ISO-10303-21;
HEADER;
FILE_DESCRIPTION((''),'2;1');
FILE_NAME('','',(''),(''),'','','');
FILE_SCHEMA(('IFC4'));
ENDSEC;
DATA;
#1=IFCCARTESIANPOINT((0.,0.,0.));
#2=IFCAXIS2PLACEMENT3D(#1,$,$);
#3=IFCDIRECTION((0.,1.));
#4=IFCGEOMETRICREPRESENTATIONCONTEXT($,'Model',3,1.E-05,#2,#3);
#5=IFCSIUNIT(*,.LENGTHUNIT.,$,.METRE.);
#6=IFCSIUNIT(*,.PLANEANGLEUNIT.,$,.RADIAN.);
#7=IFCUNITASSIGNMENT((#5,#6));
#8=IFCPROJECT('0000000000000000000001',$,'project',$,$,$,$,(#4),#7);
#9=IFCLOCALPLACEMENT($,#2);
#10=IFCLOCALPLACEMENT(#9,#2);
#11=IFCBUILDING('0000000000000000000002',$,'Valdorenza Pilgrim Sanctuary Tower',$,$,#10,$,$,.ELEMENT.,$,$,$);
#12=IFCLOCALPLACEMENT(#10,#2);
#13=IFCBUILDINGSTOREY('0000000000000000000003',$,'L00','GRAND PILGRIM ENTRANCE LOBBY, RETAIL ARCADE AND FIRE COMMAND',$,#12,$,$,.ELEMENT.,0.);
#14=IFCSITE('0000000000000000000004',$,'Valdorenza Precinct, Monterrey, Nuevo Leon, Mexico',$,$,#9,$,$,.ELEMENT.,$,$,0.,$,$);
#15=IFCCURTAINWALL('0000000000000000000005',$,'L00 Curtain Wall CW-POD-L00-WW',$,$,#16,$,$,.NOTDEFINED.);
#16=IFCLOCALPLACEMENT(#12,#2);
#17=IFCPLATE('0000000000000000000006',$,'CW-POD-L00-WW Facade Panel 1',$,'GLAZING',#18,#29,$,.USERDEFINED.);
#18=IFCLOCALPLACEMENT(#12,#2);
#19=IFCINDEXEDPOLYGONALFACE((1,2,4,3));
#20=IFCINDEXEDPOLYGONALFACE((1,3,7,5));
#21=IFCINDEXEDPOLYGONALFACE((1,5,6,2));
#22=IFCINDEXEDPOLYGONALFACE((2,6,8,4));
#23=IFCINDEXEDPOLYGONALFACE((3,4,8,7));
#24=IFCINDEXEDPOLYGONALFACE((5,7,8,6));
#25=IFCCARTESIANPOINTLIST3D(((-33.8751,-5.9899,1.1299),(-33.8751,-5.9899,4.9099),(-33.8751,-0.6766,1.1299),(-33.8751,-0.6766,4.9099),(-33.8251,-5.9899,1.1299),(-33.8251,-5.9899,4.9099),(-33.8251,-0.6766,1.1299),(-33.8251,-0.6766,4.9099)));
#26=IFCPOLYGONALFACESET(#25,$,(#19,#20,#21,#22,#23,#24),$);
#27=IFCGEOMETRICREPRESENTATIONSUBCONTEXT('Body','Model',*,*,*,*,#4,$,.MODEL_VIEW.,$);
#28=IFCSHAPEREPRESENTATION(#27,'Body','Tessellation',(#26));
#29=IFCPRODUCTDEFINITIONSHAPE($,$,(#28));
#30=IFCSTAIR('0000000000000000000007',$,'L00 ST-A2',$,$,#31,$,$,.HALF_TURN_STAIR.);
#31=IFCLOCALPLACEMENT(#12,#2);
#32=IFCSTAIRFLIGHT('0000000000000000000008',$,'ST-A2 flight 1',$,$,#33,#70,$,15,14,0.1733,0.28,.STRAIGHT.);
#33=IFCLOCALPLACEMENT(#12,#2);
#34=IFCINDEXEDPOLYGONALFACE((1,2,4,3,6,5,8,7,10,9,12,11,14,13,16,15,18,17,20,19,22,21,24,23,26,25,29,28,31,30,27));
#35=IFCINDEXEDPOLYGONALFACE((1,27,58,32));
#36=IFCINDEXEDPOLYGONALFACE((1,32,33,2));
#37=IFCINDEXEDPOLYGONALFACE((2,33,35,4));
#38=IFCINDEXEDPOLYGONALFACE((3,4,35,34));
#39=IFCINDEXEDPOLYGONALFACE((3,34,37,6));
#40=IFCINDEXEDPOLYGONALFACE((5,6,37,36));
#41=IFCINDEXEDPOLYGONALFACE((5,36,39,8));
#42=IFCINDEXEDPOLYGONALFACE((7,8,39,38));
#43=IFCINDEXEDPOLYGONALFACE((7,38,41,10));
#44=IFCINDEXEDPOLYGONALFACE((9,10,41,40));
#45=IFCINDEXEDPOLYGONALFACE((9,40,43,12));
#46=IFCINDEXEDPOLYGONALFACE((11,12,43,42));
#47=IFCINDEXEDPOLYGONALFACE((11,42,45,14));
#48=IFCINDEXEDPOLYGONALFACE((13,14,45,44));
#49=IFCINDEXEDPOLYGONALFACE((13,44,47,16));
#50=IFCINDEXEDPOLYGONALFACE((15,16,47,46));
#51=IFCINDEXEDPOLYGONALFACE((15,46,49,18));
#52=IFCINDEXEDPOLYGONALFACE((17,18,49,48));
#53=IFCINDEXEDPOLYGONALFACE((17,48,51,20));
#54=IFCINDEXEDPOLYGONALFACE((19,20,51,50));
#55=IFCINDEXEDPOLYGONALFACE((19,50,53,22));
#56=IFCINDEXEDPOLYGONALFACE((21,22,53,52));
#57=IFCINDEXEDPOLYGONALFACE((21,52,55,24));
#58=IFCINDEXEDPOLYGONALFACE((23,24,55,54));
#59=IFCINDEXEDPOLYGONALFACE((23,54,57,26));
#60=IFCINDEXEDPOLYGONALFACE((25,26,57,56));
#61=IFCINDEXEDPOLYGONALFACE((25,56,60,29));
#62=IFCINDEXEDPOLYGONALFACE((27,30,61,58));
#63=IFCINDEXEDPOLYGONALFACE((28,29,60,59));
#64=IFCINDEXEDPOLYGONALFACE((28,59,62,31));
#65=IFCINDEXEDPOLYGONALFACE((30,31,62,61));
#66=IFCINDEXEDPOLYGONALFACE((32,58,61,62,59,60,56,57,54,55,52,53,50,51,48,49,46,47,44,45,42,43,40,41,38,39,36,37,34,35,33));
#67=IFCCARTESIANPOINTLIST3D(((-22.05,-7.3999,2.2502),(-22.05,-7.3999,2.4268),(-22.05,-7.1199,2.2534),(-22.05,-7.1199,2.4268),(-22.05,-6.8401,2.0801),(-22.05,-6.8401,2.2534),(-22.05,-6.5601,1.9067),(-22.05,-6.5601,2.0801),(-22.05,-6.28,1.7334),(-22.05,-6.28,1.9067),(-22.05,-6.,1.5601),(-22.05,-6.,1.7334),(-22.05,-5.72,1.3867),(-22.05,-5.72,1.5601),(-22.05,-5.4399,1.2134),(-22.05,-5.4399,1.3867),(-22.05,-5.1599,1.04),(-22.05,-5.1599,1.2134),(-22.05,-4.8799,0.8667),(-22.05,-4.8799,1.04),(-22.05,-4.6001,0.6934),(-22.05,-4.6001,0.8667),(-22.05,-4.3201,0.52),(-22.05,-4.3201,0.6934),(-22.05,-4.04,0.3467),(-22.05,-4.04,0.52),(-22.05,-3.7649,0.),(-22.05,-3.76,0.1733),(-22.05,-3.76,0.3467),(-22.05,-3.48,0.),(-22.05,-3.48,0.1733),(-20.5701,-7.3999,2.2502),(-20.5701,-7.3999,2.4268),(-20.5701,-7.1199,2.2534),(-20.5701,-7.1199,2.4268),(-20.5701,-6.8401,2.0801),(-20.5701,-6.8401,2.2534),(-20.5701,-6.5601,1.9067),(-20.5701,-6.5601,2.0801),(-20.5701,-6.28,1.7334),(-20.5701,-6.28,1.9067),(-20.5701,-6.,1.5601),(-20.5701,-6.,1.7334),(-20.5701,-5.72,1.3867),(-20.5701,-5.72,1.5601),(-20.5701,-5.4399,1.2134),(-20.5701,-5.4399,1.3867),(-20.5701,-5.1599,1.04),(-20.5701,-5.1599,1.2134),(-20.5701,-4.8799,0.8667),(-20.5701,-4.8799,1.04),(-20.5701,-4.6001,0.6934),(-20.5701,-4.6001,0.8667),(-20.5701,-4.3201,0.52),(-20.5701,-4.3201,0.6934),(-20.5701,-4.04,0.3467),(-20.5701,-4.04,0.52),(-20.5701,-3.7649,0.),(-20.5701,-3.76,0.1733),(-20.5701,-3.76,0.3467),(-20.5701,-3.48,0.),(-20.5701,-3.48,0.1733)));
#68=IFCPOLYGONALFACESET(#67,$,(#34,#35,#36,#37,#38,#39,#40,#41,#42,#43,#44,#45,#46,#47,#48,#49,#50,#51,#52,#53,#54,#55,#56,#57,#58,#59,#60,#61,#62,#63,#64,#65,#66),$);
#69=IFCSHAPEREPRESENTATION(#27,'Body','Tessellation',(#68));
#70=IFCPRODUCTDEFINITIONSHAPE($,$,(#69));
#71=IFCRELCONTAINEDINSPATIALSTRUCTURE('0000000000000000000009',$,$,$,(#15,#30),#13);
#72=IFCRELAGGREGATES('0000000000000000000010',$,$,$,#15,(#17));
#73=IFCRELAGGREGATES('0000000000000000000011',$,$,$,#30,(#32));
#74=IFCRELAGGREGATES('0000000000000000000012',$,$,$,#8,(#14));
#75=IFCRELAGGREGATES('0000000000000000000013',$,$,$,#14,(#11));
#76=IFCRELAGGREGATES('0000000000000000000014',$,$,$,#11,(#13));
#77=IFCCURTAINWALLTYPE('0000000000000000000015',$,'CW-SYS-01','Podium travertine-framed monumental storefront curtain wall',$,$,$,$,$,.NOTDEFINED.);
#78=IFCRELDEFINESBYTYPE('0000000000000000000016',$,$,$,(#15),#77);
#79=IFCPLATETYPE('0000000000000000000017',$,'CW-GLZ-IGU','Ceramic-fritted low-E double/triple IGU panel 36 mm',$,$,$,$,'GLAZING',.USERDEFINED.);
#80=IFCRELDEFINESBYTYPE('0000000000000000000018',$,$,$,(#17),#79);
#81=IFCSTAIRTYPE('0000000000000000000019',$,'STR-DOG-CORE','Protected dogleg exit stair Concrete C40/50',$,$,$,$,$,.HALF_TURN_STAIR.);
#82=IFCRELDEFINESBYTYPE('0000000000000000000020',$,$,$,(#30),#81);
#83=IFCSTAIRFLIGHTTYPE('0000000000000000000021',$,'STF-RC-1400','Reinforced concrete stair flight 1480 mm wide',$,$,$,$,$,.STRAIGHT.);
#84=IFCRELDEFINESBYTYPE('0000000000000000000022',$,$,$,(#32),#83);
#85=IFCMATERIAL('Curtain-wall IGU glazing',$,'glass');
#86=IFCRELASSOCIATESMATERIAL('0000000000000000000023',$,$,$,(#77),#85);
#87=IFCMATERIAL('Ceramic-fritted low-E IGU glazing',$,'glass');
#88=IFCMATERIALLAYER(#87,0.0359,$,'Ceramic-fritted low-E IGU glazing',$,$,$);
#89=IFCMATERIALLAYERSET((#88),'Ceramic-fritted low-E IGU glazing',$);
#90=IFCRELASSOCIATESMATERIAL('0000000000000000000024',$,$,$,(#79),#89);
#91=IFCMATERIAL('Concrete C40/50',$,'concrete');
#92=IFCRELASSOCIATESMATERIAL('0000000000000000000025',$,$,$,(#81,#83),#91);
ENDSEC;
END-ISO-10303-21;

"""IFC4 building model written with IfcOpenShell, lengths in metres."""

from ifc_helpers import new_model, si_unit, direction, frame, origin, origin_2d, place, context, subcontext, project, spatial, polyline, rectangle, outline, extrude, source, transform, mapped, material, layer, layer_set, type_object, element, aggregate, save


model = new_model("IFC4")

# Units and contexts
model_context = context("Model", 3, precision=1e-05, world=origin(), true_north=direction((0.0, 1.0)))
body_context = subcontext(model_context, "Body", "Model", "MODEL_VIEW")
ifc_project = project(units=[si_unit("LENGTHUNIT", "METRE"), si_unit("PLANEANGLEUNIT", "RADIAN")], contexts=[model_context])

# Site, building, storey
site_placement = place(None, origin())
site = spatial("IfcSite", under=ifc_project, at=site_placement, Name="Valdorenza Precinct, Monterrey, Nuevo Leon, Mexico", CompositionType="ELEMENT", RefElevation=0.0)
building_placement = place(site_placement, origin())
building = spatial("IfcBuilding", under=site, at=building_placement, Name="Valdorenza Pilgrim Sanctuary Tower", CompositionType="ELEMENT")
storey_placement = place(building_placement, origin())
storey = spatial("IfcBuildingStorey", under=building, at=storey_placement, Name="L00", Description="GRAND PILGRIM ENTRANCE LOBBY, RETAIL ARCADE AND FIRE COMMAND", CompositionType="ELEMENT", Elevation=0.0)

# Curtain wall, plate
ifc_material_1 = material(Name="Curtain-wall IGU glazing", Category="glass")
curtain_wall_type = type_object("IfcCurtainWallType", Name="CW-SYS-01", Description="Podium travertine-framed monumental storefront curtain wall", PredefinedType="NOTDEFINED", material=ifc_material_1)
curtain_wall_placement = place(storey_placement, origin())
curtain_wall = element("IfcCurtainWall", 1, at=curtain_wall_placement, inside=storey, type_object=curtain_wall_type, Name="L00 Curtain Wall CW-POD-L00-WW", PredefinedType="NOTDEFINED")
ifc_material_2 = material(Name="Ceramic-fritted low-E IGU glazing", Category="glass")
ifc_layer_1 = layer(ifc_material_2, 0.0359, Name="Ceramic-fritted low-E IGU glazing")
ifc_layer_set_1 = layer_set([ifc_layer_1], Name="Ceramic-fritted low-E IGU glazing")
plate_type_1 = type_object("IfcPlateType", Name="CW-GLZ-IGU", Description="Ceramic-fritted low-E double/triple IGU panel 36 mm", ElementType="GLAZING", PredefinedType="USERDEFINED", material=ifc_layer_set_1)
shared_shape_1 = source(origin(), body_context, "Body", "SweptSolid", [
    extrude(rectangle(XDim=5.3132, YDim=0.05, at=origin_2d()), origin(), (0.0, 0.0, 1.0), 3.78),
])
plate_1_placement = place(storey_placement, frame((-33.8501, -3.3333, 1.1299), z_axis=(0.0, 0.0, 1.0), x_axis=(0.0, 1.0, 0.0)))
plate_1 = element("IfcPlate", 2, at=plate_1_placement, type_object=plate_type_1, Name="CW-POD-L00-WW Facade Panel 1", ObjectType="GLAZING", PredefinedType="USERDEFINED", context=body_context, shape_type="MappedRepresentation", body=[
    mapped(shared_shape_1, transform((0.0, 0.0, 0.0), x_axis=(1.0, 0.0, 0.0), y_axis=(0.0, 1.0, 0.0), z_axis=(0.0, 0.0, 1.0), scale=1.0)),
])
aggregate(curtain_wall, [plate_1])

# Stair, stair flight
ifc_material_3 = material(Name="Concrete C40/50", Category="concrete")
stair_type = type_object("IfcStairType", Name="STR-DOG-CORE", Description="Protected dogleg exit stair Concrete C40/50", PredefinedType="HALF_TURN_STAIR", material=ifc_material_3)
stair_placement = place(storey_placement, origin())
stair = element("IfcStair", 3, at=stair_placement, inside=storey, type_object=stair_type, Name="L00 ST-A2", PredefinedType="HALF_TURN_STAIR")
stair_flight_type = type_object("IfcStairFlightType", Name="STF-RC-1400", Description="Reinforced concrete stair flight 1480 mm wide", PredefinedType="STRAIGHT", material=ifc_material_3)
stair_flight_placement = place(storey_placement, frame((-21.3101, -3.48, 0.0), z_axis=(0.0, 0.0, 1.0), x_axis=(0.0, -1.0, 0.0)))
stair_flight = element("IfcStairFlight", 4, at=stair_flight_placement, type_object=stair_flight_type, Name="ST-A2 flight 1", NumberOfRisers=15, NumberOfTreads=14, PredefinedType="STRAIGHT", RiserHeight=0.1733, TreadLength=0.28, context=body_context, shape_type="SweptSolid", body=[
    extrude(outline(polyline([(0.0, 0.0), (0.0, 0.1733), (0.28, 0.1733), (0.28, 0.3467), (0.5601, 0.3467), (0.5601, 0.52), (0.8401, 0.52), (0.8401, 0.6934), (1.1201, 0.6934), (1.1201, 0.8667), (1.3999, 0.8667), (1.3999, 1.04), (1.6799, 1.04), (1.6799, 1.2134), (1.96, 1.2134), (1.96, 1.3867), (2.24, 1.3867), (2.24, 1.5601), (2.52, 1.5601), (2.52, 1.7334), (2.8, 1.7334), (2.8, 1.9067), (3.0801, 1.9067), (3.0801, 2.0801), (3.3601, 2.0801), (3.3601, 2.2534), (3.6399, 2.2534), (3.6399, 2.4268), (3.9199, 2.4268), (3.9199, 2.6001), (3.9199, 2.2502), (0.2849, 0.0), (0.0, 0.0)])), frame((0.0, 0.74, 0.0), z_axis=(0.0, -1.0, 0.0), x_axis=(1.0, 0.0, 0.0)), (0.0, 0.0, 1.0), 1.48),
])
aggregate(stair, [stair_flight])

save(model, "model.ifc")
